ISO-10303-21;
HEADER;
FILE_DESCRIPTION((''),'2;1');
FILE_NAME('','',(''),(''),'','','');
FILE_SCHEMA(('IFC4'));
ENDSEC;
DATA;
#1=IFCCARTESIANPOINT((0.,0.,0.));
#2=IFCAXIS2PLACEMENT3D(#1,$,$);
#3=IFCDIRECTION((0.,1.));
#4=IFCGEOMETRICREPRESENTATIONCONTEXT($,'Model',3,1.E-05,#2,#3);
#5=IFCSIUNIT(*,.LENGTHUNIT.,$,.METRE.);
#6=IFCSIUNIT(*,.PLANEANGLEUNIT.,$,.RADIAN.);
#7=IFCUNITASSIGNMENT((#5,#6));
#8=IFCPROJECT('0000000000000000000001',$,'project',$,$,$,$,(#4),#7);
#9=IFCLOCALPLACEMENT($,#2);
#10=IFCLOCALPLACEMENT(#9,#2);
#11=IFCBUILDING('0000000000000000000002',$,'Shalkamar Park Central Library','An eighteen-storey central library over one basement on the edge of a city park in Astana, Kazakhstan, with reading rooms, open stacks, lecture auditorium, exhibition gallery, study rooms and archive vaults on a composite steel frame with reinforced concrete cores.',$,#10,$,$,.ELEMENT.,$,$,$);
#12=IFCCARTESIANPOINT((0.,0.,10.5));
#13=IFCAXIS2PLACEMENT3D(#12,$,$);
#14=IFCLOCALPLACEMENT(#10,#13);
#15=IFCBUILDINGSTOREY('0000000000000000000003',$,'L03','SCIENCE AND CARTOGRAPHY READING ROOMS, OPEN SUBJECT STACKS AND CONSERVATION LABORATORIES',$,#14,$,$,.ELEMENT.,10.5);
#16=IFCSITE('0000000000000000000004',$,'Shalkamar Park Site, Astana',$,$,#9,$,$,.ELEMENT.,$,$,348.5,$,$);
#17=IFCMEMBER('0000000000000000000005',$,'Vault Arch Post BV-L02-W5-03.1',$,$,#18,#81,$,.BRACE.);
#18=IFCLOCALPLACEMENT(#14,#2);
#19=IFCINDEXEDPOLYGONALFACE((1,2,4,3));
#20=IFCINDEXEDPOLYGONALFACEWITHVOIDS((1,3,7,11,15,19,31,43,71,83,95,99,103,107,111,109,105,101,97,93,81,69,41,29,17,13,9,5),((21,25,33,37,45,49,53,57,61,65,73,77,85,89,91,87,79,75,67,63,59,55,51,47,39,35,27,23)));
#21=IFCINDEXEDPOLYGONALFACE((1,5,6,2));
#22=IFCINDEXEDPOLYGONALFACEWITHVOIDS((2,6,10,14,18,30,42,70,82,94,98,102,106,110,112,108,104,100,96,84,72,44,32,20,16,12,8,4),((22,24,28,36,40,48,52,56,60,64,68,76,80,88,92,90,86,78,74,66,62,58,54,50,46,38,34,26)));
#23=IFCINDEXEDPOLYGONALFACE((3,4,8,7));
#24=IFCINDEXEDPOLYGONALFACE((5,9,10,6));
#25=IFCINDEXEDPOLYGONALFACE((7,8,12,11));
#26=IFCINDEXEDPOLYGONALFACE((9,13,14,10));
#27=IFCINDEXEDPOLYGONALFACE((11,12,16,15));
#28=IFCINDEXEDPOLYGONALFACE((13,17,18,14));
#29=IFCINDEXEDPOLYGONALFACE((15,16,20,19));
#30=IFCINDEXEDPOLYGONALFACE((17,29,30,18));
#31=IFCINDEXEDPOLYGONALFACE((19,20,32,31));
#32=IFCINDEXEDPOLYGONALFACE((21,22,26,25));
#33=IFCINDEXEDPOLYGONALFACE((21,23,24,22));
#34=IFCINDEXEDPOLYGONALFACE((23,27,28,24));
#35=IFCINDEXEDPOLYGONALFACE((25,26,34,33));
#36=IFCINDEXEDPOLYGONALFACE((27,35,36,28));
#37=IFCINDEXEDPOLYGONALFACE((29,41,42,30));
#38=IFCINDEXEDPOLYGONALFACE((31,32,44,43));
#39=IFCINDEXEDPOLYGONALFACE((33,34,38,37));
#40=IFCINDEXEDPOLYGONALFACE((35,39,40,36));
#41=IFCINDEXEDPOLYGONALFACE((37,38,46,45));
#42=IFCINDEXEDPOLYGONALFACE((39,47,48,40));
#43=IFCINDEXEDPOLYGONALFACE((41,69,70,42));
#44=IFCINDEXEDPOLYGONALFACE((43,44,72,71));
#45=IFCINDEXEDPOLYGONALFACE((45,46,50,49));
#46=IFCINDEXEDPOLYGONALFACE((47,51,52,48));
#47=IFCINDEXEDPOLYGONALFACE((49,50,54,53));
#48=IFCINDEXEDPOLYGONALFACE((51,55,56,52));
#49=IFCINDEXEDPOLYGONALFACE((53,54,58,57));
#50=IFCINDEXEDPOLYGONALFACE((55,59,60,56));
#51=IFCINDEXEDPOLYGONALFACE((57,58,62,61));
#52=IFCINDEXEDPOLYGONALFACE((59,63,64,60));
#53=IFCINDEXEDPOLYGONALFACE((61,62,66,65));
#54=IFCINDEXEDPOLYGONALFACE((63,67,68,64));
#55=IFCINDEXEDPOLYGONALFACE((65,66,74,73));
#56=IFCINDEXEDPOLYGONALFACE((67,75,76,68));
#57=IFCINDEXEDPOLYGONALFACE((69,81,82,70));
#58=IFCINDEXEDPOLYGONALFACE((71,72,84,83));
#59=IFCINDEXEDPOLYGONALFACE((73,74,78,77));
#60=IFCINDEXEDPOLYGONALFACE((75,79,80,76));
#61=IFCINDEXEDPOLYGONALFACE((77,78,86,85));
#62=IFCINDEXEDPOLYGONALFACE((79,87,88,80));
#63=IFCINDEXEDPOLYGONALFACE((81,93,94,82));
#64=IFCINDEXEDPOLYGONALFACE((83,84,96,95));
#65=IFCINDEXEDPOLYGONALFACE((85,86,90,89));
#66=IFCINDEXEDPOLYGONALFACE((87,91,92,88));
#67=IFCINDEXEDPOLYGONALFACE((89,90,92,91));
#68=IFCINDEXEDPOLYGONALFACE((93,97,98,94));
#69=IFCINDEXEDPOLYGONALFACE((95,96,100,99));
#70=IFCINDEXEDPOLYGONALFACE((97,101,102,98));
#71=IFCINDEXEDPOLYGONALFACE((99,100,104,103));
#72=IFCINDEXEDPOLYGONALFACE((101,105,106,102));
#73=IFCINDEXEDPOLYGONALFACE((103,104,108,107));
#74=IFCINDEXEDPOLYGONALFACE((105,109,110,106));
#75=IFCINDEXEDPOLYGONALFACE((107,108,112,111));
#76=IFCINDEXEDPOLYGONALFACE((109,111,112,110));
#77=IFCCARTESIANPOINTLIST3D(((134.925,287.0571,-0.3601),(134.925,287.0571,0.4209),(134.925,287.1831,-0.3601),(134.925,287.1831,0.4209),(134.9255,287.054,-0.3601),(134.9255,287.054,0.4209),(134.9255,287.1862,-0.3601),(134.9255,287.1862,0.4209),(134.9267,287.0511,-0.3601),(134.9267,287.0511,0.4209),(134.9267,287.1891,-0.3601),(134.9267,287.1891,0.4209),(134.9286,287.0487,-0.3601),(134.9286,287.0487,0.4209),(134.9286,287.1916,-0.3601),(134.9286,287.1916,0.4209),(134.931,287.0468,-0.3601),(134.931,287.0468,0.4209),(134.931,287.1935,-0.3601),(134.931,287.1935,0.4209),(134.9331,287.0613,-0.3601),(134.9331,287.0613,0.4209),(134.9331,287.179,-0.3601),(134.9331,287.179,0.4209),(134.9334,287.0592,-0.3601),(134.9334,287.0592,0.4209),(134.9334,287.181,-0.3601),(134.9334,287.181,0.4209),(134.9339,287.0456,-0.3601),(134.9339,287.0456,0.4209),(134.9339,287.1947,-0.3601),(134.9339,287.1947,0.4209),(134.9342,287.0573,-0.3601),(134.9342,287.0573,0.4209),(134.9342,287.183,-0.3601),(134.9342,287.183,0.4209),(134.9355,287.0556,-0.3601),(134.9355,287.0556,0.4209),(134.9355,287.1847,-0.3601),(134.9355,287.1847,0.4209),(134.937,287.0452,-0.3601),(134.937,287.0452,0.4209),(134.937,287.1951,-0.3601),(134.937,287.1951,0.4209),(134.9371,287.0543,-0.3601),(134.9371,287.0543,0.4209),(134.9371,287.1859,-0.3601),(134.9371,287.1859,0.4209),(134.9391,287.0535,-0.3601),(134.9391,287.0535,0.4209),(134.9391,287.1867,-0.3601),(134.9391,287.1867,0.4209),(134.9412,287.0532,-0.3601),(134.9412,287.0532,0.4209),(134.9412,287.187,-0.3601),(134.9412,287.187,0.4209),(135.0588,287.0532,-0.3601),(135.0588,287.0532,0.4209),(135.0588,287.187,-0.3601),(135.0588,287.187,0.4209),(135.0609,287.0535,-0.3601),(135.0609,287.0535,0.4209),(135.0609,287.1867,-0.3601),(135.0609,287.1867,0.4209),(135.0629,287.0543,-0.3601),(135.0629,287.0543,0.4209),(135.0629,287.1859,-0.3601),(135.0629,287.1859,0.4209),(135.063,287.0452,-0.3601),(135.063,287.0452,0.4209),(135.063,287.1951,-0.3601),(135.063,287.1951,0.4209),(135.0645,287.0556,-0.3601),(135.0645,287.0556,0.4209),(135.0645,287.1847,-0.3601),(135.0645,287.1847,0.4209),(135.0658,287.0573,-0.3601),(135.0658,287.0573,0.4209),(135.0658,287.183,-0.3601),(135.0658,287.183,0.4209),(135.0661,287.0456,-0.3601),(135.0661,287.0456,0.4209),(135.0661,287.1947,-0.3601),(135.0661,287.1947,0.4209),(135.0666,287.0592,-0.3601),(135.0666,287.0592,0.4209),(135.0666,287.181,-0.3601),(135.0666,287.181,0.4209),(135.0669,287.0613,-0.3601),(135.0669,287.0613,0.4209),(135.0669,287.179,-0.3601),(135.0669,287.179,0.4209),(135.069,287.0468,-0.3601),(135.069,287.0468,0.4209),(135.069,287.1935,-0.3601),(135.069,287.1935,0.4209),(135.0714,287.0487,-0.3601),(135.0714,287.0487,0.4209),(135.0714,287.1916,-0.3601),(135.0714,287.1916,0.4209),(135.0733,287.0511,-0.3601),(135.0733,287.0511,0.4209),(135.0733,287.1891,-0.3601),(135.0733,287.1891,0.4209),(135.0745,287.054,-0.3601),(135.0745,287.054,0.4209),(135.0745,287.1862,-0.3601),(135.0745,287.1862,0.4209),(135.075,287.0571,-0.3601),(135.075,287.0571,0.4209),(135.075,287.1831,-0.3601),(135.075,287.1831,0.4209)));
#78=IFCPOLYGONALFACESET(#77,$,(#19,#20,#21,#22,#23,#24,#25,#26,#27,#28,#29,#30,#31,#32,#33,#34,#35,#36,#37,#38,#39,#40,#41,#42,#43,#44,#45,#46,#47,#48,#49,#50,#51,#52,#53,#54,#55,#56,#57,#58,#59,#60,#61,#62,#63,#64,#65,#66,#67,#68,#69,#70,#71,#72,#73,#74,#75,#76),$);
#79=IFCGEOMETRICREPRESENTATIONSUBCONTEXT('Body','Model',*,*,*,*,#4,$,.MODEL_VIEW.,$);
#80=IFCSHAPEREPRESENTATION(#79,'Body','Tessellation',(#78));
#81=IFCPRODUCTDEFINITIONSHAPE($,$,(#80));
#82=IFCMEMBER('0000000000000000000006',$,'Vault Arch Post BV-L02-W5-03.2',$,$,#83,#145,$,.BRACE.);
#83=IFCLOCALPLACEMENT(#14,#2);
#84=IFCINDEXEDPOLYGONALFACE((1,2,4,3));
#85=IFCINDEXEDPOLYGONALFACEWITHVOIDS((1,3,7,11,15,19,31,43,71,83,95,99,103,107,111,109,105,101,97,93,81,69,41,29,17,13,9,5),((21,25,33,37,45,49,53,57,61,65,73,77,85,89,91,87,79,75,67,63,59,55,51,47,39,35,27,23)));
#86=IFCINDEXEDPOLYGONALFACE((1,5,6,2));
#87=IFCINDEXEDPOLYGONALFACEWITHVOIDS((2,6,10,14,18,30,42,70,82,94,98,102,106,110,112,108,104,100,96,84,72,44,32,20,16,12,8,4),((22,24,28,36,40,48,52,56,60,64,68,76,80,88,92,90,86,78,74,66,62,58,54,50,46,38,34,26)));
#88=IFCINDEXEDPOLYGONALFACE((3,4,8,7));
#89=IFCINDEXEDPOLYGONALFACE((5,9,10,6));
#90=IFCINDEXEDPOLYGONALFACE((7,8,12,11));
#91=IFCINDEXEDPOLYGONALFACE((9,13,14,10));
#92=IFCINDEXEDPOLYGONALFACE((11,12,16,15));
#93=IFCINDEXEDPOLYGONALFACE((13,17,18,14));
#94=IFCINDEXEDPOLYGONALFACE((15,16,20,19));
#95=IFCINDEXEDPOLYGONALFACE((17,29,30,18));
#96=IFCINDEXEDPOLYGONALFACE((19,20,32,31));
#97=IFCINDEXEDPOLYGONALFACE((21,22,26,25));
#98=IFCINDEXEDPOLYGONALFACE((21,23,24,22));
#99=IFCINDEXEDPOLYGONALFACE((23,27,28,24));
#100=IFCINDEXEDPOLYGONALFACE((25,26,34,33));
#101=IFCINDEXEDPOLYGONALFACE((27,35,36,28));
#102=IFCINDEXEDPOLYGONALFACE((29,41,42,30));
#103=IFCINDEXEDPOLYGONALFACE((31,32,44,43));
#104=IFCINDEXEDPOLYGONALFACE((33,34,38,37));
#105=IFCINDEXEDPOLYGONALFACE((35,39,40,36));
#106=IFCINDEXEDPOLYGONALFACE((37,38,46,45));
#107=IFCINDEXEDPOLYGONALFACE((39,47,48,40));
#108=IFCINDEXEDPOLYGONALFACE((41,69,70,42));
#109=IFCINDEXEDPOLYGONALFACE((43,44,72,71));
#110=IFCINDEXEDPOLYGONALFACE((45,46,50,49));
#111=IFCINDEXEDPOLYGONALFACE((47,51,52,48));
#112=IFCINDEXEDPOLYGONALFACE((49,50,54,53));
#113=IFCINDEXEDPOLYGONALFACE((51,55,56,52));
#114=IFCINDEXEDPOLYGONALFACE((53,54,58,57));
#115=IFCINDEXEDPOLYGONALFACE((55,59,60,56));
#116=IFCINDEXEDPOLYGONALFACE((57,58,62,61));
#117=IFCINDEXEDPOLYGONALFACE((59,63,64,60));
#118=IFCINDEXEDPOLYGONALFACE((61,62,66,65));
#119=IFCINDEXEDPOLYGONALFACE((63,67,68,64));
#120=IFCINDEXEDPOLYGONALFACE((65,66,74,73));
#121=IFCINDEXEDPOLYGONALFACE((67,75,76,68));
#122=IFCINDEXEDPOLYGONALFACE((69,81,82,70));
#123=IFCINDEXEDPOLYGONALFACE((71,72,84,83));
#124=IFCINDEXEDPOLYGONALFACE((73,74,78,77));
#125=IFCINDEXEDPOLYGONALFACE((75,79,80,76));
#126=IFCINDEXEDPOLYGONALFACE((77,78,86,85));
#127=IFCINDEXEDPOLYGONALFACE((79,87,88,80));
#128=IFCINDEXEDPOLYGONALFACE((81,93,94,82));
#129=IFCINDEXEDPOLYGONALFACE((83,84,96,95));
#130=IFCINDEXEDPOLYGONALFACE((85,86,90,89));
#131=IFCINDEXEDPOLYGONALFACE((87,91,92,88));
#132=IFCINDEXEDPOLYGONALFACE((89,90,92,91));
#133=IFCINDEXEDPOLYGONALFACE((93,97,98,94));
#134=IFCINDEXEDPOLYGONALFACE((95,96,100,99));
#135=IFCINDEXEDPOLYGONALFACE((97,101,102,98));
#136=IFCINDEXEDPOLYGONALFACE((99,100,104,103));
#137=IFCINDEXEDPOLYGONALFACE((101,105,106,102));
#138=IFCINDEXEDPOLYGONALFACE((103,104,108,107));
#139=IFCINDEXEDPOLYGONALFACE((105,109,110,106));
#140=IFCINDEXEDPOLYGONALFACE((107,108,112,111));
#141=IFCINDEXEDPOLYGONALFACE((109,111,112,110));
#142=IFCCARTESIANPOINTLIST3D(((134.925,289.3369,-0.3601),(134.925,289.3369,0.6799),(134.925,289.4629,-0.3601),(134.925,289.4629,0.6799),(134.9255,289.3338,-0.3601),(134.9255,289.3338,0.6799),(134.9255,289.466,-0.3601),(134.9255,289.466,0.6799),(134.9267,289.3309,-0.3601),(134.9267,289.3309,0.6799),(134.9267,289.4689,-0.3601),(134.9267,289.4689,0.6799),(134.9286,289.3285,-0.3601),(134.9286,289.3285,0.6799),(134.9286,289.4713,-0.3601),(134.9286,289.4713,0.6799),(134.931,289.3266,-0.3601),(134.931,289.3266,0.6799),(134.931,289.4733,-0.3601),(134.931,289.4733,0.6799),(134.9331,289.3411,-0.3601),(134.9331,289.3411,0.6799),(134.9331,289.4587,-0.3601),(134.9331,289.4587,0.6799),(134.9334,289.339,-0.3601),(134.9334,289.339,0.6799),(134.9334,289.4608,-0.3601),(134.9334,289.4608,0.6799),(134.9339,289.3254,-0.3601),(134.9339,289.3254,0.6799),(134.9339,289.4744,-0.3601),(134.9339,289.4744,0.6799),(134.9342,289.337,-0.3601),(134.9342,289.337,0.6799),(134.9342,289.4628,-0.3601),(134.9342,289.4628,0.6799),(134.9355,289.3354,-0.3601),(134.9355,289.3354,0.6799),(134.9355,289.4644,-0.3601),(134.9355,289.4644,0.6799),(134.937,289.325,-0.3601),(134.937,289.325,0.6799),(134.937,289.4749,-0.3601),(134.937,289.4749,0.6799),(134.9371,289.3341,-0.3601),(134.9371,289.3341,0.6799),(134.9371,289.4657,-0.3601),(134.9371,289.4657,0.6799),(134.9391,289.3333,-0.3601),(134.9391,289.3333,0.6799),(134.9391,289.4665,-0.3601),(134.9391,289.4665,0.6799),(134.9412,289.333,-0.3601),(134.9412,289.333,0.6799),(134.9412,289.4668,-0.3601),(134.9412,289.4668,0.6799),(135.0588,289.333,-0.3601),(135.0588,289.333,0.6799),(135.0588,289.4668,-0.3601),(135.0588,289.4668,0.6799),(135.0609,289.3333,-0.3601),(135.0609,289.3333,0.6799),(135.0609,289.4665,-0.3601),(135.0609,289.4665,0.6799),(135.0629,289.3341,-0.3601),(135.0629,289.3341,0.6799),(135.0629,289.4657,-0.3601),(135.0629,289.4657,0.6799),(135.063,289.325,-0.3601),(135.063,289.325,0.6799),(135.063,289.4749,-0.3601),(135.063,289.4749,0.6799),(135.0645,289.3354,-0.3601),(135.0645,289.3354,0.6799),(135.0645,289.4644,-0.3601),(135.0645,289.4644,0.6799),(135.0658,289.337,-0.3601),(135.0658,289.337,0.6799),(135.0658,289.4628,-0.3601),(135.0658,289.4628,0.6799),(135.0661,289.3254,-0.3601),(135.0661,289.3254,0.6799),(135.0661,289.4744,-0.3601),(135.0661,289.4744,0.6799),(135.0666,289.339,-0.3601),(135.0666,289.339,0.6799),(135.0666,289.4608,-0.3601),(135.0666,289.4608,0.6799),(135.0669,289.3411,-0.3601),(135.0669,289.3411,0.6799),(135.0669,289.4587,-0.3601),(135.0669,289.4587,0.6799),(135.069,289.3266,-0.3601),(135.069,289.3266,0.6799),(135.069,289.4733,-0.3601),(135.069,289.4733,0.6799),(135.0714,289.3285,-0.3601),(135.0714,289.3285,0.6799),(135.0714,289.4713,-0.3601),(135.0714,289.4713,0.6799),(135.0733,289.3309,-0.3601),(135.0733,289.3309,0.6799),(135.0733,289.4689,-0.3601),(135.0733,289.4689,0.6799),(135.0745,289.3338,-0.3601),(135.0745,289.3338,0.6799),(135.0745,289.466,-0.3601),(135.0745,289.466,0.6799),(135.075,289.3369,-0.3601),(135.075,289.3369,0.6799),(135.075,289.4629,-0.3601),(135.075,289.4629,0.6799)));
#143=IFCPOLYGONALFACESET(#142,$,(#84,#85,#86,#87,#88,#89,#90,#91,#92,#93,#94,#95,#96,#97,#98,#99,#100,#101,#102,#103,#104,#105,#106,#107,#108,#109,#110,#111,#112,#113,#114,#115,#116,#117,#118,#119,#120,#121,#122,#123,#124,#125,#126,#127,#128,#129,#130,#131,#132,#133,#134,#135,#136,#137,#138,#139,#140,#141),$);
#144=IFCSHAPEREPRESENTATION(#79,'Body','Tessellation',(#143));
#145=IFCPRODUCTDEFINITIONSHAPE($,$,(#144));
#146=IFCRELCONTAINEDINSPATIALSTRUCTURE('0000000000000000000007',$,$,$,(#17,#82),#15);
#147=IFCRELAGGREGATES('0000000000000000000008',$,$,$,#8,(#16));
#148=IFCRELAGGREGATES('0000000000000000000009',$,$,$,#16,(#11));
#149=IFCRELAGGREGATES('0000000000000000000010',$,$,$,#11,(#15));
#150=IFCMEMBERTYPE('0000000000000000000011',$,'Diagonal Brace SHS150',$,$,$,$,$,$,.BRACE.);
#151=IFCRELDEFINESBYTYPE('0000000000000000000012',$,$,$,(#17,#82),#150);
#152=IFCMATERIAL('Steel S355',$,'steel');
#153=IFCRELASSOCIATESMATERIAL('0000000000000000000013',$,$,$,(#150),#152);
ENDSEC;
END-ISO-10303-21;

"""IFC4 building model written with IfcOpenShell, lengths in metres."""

from ifc_helpers import new_model, si_unit, direction, frame, origin, origin_2d, place, context, subcontext, project, spatial, hollow_rectangle, extrude, material, material_profile, profile_set, type_object, element, save


model = new_model("IFC4")

# Units and contexts
model_context = context("Model", 3, precision=1e-05, world=origin(), true_north=direction((0.0, 1.0)))
body_context = subcontext(model_context, "Body", "Model", "MODEL_VIEW")
ifc_project = project(units=[si_unit("LENGTHUNIT", "METRE"), si_unit("PLANEANGLEUNIT", "RADIAN")], contexts=[model_context])

# Site, building, storey
site_placement = place(None, origin())
site = spatial("IfcSite", under=ifc_project, at=site_placement, Name="Shalkamar Park Site, Astana", CompositionType="ELEMENT", RefElevation=348.5)
building_placement = place(site_placement, origin())
building = spatial("IfcBuilding", under=site, at=building_placement, Name="Shalkamar Park Central Library", Description="An eighteen-storey central library over one basement on the edge of a city park in Astana, Kazakhstan, with reading rooms, open stacks, lecture auditorium, exhibition gallery, study rooms and archive vaults on a composite steel frame with reinforced concrete cores.", CompositionType="ELEMENT")
storey_placement = place(building_placement, frame((0.0, 0.0, 10.5)))
storey = spatial("IfcBuildingStorey", under=building, at=storey_placement, Name="L03", Description="SCIENCE AND CARTOGRAPHY READING ROOMS, OPEN SUBJECT STACKS AND CONSERVATION LABORATORIES", CompositionType="ELEMENT", Elevation=10.5)

# Members
ifc_material_1 = material(Name="Steel S355", Category="steel")
ifc_material_profile_1 = material_profile(ifc_material_1, hollow_rectangle(XDim=0.1499, YDim=0.1499, WallThickness=0.0081, InnerFilletRadius=0.0081, OuterFilletRadius=0.012, at=origin_2d()), Name="SHS 150x150x8")
ifc_profile_set_1 = profile_set([ifc_material_profile_1], Name="Steel S355")
member_type_1 = type_object("IfcMemberType", Name="Diagonal Brace SHS150", PredefinedType="BRACE", material=ifc_profile_set_1)
member_1_placement = place(storey_placement, frame((135.0, 287.1201, -0.3601), z_axis=(0.0, 0.0, 1.0), x_axis=(1.0, 0.0, 0.0)))
element("IfcMember", 1, at=member_1_placement, inside=storey, type_object=member_type_1, Name="Vault Arch Post BV-L02-W5-03.1", PredefinedType="BRACE", context=body_context, shape_type="SweptSolid", body=[
    extrude(hollow_rectangle(XDim=0.1499, YDim=0.1499, WallThickness=0.0081, InnerFilletRadius=0.0081, OuterFilletRadius=0.012, at=origin_2d()), origin(), (0.0, 0.0, 1.0), 0.781),
])
member_2_placement = place(storey_placement, frame((135.0, 289.3999, -0.3601), z_axis=(0.0, 0.0, 1.0), x_axis=(1.0, 0.0, 0.0)))
element("IfcMember", 2, at=member_2_placement, inside=storey, type_object=member_type_1, Name="Vault Arch Post BV-L02-W5-03.2", PredefinedType="BRACE", context=body_context, shape_type="SweptSolid", body=[
    extrude(hollow_rectangle(XDim=0.1499, YDim=0.1499, WallThickness=0.0081, InnerFilletRadius=0.0081, OuterFilletRadius=0.012, at=origin_2d()), origin(), (0.0, 0.0, 1.0), 1.04),
])

save(model, "model.ifc")
